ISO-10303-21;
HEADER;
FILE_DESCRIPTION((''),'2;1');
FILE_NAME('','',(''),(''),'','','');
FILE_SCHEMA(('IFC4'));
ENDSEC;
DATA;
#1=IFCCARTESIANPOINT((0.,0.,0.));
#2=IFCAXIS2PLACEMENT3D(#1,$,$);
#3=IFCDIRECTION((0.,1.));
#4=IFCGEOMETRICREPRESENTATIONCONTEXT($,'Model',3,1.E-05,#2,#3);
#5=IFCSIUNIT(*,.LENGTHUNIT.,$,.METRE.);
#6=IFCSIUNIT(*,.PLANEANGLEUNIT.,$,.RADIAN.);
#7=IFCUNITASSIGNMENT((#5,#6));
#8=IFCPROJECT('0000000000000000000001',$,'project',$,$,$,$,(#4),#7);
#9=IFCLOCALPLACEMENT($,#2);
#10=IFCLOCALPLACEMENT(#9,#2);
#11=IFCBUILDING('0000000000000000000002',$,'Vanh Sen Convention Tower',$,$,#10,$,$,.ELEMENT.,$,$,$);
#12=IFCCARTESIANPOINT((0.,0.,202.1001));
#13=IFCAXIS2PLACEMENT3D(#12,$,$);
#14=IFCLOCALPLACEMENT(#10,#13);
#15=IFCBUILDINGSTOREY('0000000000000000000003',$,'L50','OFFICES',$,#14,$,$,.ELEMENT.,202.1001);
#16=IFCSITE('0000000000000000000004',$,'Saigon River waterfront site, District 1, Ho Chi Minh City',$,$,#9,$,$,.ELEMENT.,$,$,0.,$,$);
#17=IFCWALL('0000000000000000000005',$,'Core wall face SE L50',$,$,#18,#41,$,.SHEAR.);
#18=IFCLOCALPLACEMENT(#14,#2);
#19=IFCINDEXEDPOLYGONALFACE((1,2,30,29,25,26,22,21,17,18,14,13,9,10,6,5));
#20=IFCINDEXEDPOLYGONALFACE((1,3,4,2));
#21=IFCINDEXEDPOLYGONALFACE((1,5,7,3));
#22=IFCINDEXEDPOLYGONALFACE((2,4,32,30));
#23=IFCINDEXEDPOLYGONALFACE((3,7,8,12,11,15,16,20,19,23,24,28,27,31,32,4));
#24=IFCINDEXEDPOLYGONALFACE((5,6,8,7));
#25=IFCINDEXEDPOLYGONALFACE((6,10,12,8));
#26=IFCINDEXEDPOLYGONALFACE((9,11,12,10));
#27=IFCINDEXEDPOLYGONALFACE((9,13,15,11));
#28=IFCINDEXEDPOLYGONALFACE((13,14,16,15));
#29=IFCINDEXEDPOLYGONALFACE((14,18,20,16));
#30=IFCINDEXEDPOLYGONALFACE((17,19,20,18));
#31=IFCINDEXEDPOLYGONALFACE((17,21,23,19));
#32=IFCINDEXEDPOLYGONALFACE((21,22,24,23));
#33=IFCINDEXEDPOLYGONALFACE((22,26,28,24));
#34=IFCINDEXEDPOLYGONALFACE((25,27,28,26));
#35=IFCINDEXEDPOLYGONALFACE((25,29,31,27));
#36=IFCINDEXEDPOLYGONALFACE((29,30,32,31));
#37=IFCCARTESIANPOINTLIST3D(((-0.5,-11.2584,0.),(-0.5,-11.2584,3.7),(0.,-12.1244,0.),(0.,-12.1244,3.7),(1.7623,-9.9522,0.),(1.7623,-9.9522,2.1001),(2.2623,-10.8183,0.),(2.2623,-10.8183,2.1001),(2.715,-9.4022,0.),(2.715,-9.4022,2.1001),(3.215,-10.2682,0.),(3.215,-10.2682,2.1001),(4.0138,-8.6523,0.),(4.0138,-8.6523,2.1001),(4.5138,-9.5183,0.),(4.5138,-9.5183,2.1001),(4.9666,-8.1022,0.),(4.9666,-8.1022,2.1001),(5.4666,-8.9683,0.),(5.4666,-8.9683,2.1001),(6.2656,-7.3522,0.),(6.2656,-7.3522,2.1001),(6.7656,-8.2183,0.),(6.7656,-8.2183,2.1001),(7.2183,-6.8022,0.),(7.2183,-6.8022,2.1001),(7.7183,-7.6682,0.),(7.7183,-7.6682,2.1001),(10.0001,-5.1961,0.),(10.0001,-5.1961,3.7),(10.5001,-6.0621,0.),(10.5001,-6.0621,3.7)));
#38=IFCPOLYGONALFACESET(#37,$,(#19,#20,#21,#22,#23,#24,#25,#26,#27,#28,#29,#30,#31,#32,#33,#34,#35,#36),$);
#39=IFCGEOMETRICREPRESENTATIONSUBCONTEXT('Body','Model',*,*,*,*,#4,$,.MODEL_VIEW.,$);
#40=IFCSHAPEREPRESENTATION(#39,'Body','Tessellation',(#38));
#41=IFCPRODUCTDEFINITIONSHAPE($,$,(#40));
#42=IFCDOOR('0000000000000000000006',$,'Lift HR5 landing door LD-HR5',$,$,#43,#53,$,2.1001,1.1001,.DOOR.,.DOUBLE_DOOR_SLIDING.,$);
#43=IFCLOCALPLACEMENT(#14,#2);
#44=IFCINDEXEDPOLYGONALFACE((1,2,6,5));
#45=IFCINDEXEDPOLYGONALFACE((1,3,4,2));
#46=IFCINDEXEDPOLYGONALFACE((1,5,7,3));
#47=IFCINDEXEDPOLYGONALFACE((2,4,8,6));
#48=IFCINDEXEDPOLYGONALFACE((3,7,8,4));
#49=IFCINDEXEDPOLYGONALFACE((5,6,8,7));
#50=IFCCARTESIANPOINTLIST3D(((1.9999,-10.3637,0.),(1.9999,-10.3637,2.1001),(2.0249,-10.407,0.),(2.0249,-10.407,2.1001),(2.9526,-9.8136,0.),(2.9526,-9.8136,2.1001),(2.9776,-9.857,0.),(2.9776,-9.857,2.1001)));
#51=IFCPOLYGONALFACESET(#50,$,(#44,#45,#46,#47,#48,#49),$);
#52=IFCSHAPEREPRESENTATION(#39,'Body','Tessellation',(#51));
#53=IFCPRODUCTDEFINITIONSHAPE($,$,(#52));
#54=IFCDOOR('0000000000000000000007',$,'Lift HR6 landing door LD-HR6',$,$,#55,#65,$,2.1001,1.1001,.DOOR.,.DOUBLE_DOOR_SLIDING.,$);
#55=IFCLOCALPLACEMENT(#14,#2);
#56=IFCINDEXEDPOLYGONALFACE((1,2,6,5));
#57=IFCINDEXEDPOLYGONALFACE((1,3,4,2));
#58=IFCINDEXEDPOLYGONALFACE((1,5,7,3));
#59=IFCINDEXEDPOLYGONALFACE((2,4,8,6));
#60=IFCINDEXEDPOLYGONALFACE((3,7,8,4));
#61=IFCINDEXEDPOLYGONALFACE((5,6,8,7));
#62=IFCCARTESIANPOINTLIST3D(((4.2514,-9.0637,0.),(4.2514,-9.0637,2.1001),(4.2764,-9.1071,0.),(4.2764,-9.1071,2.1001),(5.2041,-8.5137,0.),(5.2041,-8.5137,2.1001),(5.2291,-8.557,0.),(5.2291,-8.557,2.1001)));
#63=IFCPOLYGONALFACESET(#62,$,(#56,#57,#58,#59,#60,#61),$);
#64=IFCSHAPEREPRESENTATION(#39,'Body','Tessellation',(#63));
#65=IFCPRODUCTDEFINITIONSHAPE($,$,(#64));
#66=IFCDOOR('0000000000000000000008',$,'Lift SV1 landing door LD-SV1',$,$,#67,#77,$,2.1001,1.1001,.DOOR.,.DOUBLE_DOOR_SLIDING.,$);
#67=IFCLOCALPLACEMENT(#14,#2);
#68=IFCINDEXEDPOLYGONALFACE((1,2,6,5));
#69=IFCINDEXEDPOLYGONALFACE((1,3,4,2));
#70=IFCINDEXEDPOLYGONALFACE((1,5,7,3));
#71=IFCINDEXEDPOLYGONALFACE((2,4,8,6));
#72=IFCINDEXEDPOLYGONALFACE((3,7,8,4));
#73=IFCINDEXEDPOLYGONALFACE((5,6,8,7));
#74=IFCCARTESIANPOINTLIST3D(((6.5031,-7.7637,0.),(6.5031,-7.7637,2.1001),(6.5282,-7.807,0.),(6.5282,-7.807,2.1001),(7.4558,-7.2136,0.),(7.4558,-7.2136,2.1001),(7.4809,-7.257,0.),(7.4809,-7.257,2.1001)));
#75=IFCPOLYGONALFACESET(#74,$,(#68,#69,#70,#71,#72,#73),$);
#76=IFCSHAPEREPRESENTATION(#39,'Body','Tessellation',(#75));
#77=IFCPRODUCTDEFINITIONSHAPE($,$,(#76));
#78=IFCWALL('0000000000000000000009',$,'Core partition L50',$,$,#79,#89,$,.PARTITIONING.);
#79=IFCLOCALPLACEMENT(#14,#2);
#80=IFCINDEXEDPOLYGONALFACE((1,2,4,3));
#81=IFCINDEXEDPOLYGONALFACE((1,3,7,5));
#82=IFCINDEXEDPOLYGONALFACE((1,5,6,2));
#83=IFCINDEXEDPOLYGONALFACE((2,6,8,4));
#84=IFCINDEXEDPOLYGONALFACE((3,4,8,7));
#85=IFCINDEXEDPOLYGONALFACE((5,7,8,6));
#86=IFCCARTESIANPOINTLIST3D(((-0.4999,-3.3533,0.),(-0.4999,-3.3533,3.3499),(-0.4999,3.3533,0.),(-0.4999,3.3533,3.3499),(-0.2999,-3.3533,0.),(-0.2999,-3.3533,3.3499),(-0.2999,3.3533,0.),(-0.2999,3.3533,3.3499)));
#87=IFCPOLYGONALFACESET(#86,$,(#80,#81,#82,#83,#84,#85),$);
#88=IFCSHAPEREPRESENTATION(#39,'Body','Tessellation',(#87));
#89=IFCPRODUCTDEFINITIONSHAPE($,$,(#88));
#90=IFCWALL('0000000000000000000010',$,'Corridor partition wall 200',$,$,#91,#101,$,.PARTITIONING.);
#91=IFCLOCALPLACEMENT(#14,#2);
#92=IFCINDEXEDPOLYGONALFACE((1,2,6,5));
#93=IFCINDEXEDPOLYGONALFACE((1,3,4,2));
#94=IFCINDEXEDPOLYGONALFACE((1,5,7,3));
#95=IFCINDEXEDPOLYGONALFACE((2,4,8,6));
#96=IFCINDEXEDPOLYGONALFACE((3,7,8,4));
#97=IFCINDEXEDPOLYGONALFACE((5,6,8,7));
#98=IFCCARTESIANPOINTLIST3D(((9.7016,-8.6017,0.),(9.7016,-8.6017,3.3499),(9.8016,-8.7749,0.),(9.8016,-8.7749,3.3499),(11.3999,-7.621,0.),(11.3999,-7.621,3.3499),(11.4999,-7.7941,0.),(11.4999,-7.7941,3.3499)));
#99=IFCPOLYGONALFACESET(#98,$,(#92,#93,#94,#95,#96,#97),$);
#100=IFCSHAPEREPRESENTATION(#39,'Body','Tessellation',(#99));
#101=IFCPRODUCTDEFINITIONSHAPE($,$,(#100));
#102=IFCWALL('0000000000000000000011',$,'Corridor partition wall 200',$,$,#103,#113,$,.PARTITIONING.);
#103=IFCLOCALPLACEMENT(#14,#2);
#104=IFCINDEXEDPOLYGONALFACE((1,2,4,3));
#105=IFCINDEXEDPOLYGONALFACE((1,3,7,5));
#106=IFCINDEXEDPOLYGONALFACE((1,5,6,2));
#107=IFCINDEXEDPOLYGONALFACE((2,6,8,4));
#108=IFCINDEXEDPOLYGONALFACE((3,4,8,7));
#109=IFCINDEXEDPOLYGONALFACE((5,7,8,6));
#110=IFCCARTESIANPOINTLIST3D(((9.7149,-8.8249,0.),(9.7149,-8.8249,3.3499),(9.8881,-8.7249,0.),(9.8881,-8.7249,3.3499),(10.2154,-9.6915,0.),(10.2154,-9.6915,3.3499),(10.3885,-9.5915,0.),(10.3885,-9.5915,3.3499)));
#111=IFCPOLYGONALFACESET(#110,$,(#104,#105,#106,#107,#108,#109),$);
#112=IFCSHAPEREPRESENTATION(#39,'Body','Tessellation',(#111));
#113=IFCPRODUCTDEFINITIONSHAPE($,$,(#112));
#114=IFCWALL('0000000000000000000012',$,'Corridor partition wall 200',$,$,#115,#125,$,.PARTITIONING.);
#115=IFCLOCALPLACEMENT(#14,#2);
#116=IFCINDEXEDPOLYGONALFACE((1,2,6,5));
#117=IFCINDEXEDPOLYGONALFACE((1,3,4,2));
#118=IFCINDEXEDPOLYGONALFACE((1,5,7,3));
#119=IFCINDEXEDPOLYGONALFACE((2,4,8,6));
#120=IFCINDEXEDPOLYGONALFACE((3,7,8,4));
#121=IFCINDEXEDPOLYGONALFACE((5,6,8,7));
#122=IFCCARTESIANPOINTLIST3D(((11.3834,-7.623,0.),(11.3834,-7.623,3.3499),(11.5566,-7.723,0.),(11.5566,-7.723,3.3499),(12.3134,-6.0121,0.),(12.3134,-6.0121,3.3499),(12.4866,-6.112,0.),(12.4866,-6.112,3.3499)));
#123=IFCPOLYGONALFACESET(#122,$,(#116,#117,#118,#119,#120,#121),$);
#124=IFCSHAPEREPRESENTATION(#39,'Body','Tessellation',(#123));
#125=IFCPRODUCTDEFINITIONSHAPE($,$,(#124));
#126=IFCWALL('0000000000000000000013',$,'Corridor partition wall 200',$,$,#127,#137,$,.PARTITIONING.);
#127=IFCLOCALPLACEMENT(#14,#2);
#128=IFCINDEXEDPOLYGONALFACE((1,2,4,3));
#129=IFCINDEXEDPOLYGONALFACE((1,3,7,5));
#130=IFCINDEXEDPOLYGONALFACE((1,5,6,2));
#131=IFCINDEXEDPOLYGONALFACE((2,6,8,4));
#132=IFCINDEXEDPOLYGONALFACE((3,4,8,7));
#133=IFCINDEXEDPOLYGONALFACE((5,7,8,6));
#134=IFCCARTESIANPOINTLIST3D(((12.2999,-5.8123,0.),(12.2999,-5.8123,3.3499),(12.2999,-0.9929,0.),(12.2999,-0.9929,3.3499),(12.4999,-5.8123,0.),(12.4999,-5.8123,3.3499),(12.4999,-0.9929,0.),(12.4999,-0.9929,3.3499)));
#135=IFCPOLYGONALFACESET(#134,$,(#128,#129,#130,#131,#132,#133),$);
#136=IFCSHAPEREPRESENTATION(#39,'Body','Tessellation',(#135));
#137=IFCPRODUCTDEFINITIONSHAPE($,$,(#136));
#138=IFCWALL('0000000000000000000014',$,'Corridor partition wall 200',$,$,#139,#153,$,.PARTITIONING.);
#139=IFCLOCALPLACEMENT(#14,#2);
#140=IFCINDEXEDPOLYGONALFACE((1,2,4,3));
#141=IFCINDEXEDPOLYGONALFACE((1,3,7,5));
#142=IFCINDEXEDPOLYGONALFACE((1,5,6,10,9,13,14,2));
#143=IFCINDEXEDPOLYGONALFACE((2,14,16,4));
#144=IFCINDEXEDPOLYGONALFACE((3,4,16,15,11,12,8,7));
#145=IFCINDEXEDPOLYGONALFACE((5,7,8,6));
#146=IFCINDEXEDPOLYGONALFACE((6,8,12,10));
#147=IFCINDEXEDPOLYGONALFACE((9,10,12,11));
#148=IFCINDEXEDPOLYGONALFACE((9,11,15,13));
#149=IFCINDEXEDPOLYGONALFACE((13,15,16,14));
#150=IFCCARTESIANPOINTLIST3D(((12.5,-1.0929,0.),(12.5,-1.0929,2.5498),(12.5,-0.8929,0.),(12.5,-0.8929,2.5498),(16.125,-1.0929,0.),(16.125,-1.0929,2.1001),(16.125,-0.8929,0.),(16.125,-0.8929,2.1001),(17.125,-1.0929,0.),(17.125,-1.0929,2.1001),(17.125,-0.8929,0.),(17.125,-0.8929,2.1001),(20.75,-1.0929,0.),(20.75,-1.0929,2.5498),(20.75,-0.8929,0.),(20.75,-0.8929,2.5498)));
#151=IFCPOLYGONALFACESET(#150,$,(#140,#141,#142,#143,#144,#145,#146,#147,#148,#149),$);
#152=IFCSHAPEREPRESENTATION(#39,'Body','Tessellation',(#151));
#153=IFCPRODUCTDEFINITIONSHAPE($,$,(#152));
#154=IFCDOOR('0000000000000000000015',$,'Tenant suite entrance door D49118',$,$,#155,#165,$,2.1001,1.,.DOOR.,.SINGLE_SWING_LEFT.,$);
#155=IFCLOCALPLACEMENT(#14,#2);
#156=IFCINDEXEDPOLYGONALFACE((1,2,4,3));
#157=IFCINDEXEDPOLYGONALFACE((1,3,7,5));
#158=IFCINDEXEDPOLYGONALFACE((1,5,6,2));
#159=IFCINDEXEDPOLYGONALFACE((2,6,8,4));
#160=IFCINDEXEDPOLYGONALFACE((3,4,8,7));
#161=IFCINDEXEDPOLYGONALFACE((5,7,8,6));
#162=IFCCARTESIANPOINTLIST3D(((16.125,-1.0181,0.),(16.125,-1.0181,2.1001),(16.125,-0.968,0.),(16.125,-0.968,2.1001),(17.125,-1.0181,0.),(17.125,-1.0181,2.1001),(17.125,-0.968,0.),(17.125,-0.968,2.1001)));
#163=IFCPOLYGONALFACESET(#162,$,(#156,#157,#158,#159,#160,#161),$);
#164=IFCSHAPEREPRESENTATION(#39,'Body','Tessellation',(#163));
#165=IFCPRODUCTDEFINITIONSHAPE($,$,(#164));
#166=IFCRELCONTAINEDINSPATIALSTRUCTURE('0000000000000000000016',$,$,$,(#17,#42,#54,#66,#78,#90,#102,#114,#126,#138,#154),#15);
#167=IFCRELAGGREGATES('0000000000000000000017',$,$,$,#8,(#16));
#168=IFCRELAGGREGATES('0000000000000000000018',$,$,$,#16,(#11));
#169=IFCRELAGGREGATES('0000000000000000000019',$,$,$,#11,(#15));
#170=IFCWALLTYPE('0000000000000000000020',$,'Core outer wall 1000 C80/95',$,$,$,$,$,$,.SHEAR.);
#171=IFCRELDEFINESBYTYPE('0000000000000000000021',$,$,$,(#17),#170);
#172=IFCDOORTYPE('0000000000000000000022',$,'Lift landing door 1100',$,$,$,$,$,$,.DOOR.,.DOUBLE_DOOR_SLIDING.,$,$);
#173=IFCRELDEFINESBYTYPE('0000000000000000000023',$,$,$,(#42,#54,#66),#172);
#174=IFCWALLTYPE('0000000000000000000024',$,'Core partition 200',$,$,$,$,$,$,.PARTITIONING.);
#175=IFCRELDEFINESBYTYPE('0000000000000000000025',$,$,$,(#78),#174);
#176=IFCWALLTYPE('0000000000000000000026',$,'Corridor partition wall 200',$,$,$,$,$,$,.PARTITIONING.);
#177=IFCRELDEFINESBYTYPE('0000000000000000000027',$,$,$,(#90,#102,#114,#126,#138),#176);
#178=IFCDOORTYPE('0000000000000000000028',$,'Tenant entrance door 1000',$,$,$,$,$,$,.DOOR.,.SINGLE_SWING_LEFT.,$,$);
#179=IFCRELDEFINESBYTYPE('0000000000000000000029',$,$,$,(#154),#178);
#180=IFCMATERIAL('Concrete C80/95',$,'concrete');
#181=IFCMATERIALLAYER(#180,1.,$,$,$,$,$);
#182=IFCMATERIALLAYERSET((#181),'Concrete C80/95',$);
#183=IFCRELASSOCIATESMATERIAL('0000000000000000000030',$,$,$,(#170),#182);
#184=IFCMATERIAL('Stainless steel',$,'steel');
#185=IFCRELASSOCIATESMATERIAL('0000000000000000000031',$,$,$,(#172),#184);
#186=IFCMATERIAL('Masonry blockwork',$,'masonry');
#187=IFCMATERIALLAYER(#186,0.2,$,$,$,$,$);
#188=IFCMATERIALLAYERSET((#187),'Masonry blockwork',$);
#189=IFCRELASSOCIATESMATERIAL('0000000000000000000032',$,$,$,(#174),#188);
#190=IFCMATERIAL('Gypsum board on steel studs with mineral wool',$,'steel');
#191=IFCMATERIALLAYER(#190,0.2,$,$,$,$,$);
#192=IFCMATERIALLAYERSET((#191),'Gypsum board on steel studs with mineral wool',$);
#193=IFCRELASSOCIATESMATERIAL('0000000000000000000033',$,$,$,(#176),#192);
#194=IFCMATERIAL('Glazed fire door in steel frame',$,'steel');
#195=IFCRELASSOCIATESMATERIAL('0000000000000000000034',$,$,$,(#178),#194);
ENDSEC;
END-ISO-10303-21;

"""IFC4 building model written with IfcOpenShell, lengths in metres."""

from ifc_helpers import new_model, si_unit, direction, frame, frame_2d, origin, place, context, subcontext, project, spatial, rectangle, extrude, material, layer, layer_set, type_object, element, fill, save


model = new_model("IFC4")

# Units and contexts
model_context = context("Model", 3, precision=1e-05, world=origin(), true_north=direction((0.0, 1.0)))
body_context = subcontext(model_context, "Body", "Model", "MODEL_VIEW")
ifc_project = project(units=[si_unit("LENGTHUNIT", "METRE"), si_unit("PLANEANGLEUNIT", "RADIAN")], contexts=[model_context])

# Site, building, storey
site_placement = place(None, origin())
site = spatial("IfcSite", under=ifc_project, at=site_placement, Name="Saigon River waterfront site, District 1, Ho Chi Minh City", CompositionType="ELEMENT", RefElevation=0.0)
building_placement = place(site_placement, origin())
building = spatial("IfcBuilding", under=site, at=building_placement, Name="Vanh Sen Convention Tower", CompositionType="ELEMENT")
storey_placement = place(building_placement, frame((0.0, 0.0, 202.1001)))
storey = spatial("IfcBuildingStorey", under=building, at=storey_placement, Name="L50", Description="OFFICES", CompositionType="ELEMENT", Elevation=202.1001)

# Wall, openings, doors
ifc_material_1 = material(Name="Concrete C80/95", Category="concrete")
ifc_layer_1 = layer(ifc_material_1, 1.0)
ifc_layer_set_1 = layer_set([ifc_layer_1], Name="Concrete C80/95")
wall_type_1 = type_object("IfcWallType", Name="Core outer wall 1000 C80/95", PredefinedType="SHEAR", material=ifc_layer_set_1)
wall_1_placement = place(storey_placement, frame((-0.25, -11.6914, 0.0), z_axis=(0.0, 0.0, 1.0), x_axis=(0.866023, 0.500005, 0.0)))
wall_1 = element("IfcWall", 1, at=wall_1_placement, inside=storey, type_object=wall_type_1, Name="Core wall face SE L50", PredefinedType="SHEAR", context=body_context, shape_type="SweptSolid", body=[
    extrude(rectangle(XDim=12.1245, YDim=1.0, at=frame_2d((6.0623, 0.0))), origin(), (0.0, 0.0, 1.0), 3.7),
])
opening_1_placement = place(wall_1_placement, frame((2.6123, 0.0, 0.0)))
opening_1 = element("IfcOpeningElement", 2, at=opening_1_placement, cuts=wall_1, PredefinedType="OPENING", context=body_context, shape_type="SweptSolid", body=[
    extrude(rectangle(XDim=1.1001, YDim=2.1001, at=frame_2d((0.55, 1.05))), frame((0.0, 0.51, 0.0), z_axis=(0.0, -1.0, 0.0), x_axis=(1.0, 0.0, 0.0)), (0.0, 0.0, 1.0), 1.02),
])
opening_2_placement = place(wall_1_placement, frame((5.2122, 0.0, 0.0)))
opening_2 = element("IfcOpeningElement", 3, at=opening_2_placement, cuts=wall_1, PredefinedType="OPENING", context=body_context, shape_type="SweptSolid", body=[
    extrude(rectangle(XDim=1.1001, YDim=2.1001, at=frame_2d((0.55, 1.05))), frame((0.0, 0.51, 0.0), z_axis=(0.0, -1.0, 0.0), x_axis=(1.0, 0.0, 0.0)), (0.0, 0.0, 1.0), 1.02),
])
opening_3_placement = place(wall_1_placement, frame((7.8123, 0.0, 0.0)))
opening_3 = element("IfcOpeningElement", 4, at=opening_3_placement, cuts=wall_1, PredefinedType="OPENING", context=body_context, shape_type="SweptSolid", body=[
    extrude(rectangle(XDim=1.1001, YDim=2.1001, at=frame_2d((0.55, 1.05))), frame((0.0, 0.51, 0.0), z_axis=(0.0, -1.0, 0.0), x_axis=(1.0, 0.0, 0.0)), (0.0, 0.0, 1.0), 1.02),
])
ifc_material_2 = material(Name="Stainless steel", Category="steel")
door_type_1 = type_object("IfcDoorType", Name="Lift landing door 1100", OperationType="DOUBLE_DOOR_SLIDING", PredefinedType="DOOR", material=ifc_material_2)
door_1_placement = place(opening_1_placement, origin())
door_1 = element("IfcDoor", 5, at=door_1_placement, inside=storey, type_object=door_type_1, Name="Lift HR5 landing door LD-HR5", OperationType="DOUBLE_DOOR_SLIDING", OverallHeight=2.1001, OverallWidth=1.1001, PredefinedType="DOOR", context=body_context, shape_type="SweptSolid", body=[
    extrude(rectangle(XDim=1.1001, YDim=2.1001, at=frame_2d((0.55, 1.05))), frame((0.0, 0.0249, 0.0), z_axis=(0.0, -1.0, 0.0), x_axis=(1.0, 0.0, 0.0)), (0.0, 0.0, 1.0), 0.05),
])
fill(opening_1, door_1)
door_2_placement = place(opening_2_placement, origin())
door_2 = element("IfcDoor", 6, at=door_2_placement, inside=storey, type_object=door_type_1, Name="Lift HR6 landing door LD-HR6", OperationType="DOUBLE_DOOR_SLIDING", OverallHeight=2.1001, OverallWidth=1.1001, PredefinedType="DOOR", context=body_context, shape_type="SweptSolid", body=[
    extrude(rectangle(XDim=1.1001, YDim=2.1001, at=frame_2d((0.55, 1.05))), frame((0.0, 0.0249, 0.0), z_axis=(0.0, -1.0, 0.0), x_axis=(1.0, 0.0, 0.0)), (0.0, 0.0, 1.0), 0.05),
])
fill(opening_2, door_2)
door_3_placement = place(opening_3_placement, origin())
door_3 = element("IfcDoor", 7, at=door_3_placement, inside=storey, type_object=door_type_1, Name="Lift SV1 landing door LD-SV1", OperationType="DOUBLE_DOOR_SLIDING", OverallHeight=2.1001, OverallWidth=1.1001, PredefinedType="DOOR", context=body_context, shape_type="SweptSolid", body=[
    extrude(rectangle(XDim=1.1001, YDim=2.1001, at=frame_2d((0.55, 1.05))), frame((0.0, 0.0249, 0.0), z_axis=(0.0, -1.0, 0.0), x_axis=(1.0, 0.0, 0.0)), (0.0, 0.0, 1.0), 0.05),
])
fill(opening_3, door_3)

# Walls
ifc_material_3 = material(Name="Masonry blockwork", Category="masonry")
ifc_layer_2 = layer(ifc_material_3, 0.2)
ifc_layer_set_2 = layer_set([ifc_layer_2], Name="Masonry blockwork")
wall_type_2 = type_object("IfcWallType", Name="Core partition 200", PredefinedType="PARTITIONING", material=ifc_layer_set_2)
wall_2_placement = place(storey_placement, frame((-0.3999, -3.3533, 0.0), z_axis=(0.0, 0.0, 1.0), x_axis=(0.0, 1.0, 0.0)))
element("IfcWall", 8, at=wall_2_placement, inside=storey, type_object=wall_type_2, Name="Core partition L50", PredefinedType="PARTITIONING", context=body_context, shape_type="SweptSolid", body=[
    extrude(rectangle(XDim=6.7065, YDim=0.2, at=frame_2d((3.3533, 0.0))), origin(), (0.0, 0.0, 1.0), 3.3499),
])
ifc_material_4 = material(Name="Gypsum board on steel studs with mineral wool", Category="steel")
ifc_layer_3 = layer(ifc_material_4, 0.2)
ifc_layer_set_3 = layer_set([ifc_layer_3], Name="Gypsum board on steel studs with mineral wool")
wall_type_3 = type_object("IfcWallType", Name="Corridor partition wall 200", PredefinedType="PARTITIONING", material=ifc_layer_set_3)
wall_3_placement = place(storey_placement, frame((9.7517, -8.6882, 0.0), z_axis=(0.0, 0.0, 1.0), x_axis=(0.865974, 0.500089, 0.0)))
element("IfcWall", 9, at=wall_3_placement, inside=storey, type_object=wall_type_3, Name="Corridor partition wall 200", PredefinedType="PARTITIONING", context=body_context, shape_type="SweptSolid", body=[
    extrude(rectangle(XDim=1.9612, YDim=0.2, at=frame_2d((0.9805, 0.0))), origin(), (0.0, 0.0, 1.0), 3.3499),
])
wall_4_placement = place(storey_placement, frame((10.302, -9.6416, 0.0), z_axis=(0.0, 0.0, 1.0), x_axis=(-0.500074, 0.865982, 0.0)))
element("IfcWall", 10, at=wall_4_placement, inside=storey, type_object=wall_type_3, Name="Corridor partition wall 200", PredefinedType="PARTITIONING", context=body_context, shape_type="SweptSolid", body=[
    extrude(rectangle(XDim=1.0007, YDim=0.2, at=frame_2d((0.5005, 0.0))), origin(), (0.0, 0.0, 1.0), 3.3499),
])
wall_5_placement = place(storey_placement, frame((11.47, -7.6731, 0.0), z_axis=(0.0, 0.0, 1.0), x_axis=(0.499965, 0.866046, 0.0)))
element("IfcWall", 11, at=wall_5_placement, inside=storey, type_object=wall_type_3, Name="Corridor partition wall 200", PredefinedType="PARTITIONING", context=body_context, shape_type="SweptSolid", body=[
    extrude(rectangle(XDim=1.8601, YDim=0.2, at=frame_2d((0.9302, 0.0))), origin(), (0.0, 0.0, 1.0), 3.3499),
])
wall_6_placement = place(storey_placement, frame((12.3999, -5.8123, 0.0), z_axis=(0.0, 0.0, 1.0), x_axis=(0.0, 1.0, 0.0)))
element("IfcWall", 12, at=wall_6_placement, inside=storey, type_object=wall_type_3, Name="Corridor partition wall 200", PredefinedType="PARTITIONING", context=body_context, shape_type="SweptSolid", body=[
    extrude(rectangle(XDim=4.8193, YDim=0.2, at=frame_2d((2.4097, 0.0))), origin(), (0.0, 0.0, 1.0), 3.3499),
])

# Wall, opening, door
wall_7_placement = place(storey_placement, frame((12.5, -0.9929, 0.0), z_axis=(0.0, 0.0, 1.0), x_axis=(1.0, 0.0, 0.0)))
wall_7 = element("IfcWall", 13, at=wall_7_placement, inside=storey, type_object=wall_type_3, Name="Corridor partition wall 200", PredefinedType="PARTITIONING", context=body_context, shape_type="SweptSolid", body=[
    extrude(rectangle(XDim=8.25, YDim=0.2, at=frame_2d((4.125, 0.0))), origin(), (0.0, 0.0, 1.0), 2.5498),
])
opening_4_placement = place(wall_7_placement, frame((3.625, 0.0, 0.0)))
opening_4 = element("IfcOpeningElement", 14, at=opening_4_placement, cuts=wall_7, PredefinedType="OPENING", context=body_context, shape_type="SweptSolid", body=[
    extrude(rectangle(XDim=1.0, YDim=2.1001, at=frame_2d((0.5, 1.05))), frame((0.0, 0.1099, 0.0), z_axis=(0.0, -1.0, 0.0), x_axis=(1.0, 0.0, 0.0)), (0.0, 0.0, 1.0), 0.22),
])
ifc_material_5 = material(Name="Glazed fire door in steel frame", Category="steel")
door_type_2 = type_object("IfcDoorType", Name="Tenant entrance door 1000", OperationType="SINGLE_SWING_LEFT", PredefinedType="DOOR", material=ifc_material_5)
door_4_placement = place(opening_4_placement, origin())
door_4 = element("IfcDoor", 15, at=door_4_placement, inside=storey, type_object=door_type_2, Name="Tenant suite entrance door D49118", OperationType="SINGLE_SWING_LEFT", OverallHeight=2.1001, OverallWidth=1.0, PredefinedType="DOOR", context=body_context, shape_type="SweptSolid", body=[
    extrude(rectangle(XDim=1.0, YDim=2.1001, at=frame_2d((0.5, 1.05))), frame((0.0, 0.0249, 0.0), z_axis=(0.0, -1.0, 0.0), x_axis=(1.0, 0.0, 0.0)), (0.0, 0.0, 1.0), 0.05),
])
fill(opening_4, door_4)

save(model, "model.ifc")
